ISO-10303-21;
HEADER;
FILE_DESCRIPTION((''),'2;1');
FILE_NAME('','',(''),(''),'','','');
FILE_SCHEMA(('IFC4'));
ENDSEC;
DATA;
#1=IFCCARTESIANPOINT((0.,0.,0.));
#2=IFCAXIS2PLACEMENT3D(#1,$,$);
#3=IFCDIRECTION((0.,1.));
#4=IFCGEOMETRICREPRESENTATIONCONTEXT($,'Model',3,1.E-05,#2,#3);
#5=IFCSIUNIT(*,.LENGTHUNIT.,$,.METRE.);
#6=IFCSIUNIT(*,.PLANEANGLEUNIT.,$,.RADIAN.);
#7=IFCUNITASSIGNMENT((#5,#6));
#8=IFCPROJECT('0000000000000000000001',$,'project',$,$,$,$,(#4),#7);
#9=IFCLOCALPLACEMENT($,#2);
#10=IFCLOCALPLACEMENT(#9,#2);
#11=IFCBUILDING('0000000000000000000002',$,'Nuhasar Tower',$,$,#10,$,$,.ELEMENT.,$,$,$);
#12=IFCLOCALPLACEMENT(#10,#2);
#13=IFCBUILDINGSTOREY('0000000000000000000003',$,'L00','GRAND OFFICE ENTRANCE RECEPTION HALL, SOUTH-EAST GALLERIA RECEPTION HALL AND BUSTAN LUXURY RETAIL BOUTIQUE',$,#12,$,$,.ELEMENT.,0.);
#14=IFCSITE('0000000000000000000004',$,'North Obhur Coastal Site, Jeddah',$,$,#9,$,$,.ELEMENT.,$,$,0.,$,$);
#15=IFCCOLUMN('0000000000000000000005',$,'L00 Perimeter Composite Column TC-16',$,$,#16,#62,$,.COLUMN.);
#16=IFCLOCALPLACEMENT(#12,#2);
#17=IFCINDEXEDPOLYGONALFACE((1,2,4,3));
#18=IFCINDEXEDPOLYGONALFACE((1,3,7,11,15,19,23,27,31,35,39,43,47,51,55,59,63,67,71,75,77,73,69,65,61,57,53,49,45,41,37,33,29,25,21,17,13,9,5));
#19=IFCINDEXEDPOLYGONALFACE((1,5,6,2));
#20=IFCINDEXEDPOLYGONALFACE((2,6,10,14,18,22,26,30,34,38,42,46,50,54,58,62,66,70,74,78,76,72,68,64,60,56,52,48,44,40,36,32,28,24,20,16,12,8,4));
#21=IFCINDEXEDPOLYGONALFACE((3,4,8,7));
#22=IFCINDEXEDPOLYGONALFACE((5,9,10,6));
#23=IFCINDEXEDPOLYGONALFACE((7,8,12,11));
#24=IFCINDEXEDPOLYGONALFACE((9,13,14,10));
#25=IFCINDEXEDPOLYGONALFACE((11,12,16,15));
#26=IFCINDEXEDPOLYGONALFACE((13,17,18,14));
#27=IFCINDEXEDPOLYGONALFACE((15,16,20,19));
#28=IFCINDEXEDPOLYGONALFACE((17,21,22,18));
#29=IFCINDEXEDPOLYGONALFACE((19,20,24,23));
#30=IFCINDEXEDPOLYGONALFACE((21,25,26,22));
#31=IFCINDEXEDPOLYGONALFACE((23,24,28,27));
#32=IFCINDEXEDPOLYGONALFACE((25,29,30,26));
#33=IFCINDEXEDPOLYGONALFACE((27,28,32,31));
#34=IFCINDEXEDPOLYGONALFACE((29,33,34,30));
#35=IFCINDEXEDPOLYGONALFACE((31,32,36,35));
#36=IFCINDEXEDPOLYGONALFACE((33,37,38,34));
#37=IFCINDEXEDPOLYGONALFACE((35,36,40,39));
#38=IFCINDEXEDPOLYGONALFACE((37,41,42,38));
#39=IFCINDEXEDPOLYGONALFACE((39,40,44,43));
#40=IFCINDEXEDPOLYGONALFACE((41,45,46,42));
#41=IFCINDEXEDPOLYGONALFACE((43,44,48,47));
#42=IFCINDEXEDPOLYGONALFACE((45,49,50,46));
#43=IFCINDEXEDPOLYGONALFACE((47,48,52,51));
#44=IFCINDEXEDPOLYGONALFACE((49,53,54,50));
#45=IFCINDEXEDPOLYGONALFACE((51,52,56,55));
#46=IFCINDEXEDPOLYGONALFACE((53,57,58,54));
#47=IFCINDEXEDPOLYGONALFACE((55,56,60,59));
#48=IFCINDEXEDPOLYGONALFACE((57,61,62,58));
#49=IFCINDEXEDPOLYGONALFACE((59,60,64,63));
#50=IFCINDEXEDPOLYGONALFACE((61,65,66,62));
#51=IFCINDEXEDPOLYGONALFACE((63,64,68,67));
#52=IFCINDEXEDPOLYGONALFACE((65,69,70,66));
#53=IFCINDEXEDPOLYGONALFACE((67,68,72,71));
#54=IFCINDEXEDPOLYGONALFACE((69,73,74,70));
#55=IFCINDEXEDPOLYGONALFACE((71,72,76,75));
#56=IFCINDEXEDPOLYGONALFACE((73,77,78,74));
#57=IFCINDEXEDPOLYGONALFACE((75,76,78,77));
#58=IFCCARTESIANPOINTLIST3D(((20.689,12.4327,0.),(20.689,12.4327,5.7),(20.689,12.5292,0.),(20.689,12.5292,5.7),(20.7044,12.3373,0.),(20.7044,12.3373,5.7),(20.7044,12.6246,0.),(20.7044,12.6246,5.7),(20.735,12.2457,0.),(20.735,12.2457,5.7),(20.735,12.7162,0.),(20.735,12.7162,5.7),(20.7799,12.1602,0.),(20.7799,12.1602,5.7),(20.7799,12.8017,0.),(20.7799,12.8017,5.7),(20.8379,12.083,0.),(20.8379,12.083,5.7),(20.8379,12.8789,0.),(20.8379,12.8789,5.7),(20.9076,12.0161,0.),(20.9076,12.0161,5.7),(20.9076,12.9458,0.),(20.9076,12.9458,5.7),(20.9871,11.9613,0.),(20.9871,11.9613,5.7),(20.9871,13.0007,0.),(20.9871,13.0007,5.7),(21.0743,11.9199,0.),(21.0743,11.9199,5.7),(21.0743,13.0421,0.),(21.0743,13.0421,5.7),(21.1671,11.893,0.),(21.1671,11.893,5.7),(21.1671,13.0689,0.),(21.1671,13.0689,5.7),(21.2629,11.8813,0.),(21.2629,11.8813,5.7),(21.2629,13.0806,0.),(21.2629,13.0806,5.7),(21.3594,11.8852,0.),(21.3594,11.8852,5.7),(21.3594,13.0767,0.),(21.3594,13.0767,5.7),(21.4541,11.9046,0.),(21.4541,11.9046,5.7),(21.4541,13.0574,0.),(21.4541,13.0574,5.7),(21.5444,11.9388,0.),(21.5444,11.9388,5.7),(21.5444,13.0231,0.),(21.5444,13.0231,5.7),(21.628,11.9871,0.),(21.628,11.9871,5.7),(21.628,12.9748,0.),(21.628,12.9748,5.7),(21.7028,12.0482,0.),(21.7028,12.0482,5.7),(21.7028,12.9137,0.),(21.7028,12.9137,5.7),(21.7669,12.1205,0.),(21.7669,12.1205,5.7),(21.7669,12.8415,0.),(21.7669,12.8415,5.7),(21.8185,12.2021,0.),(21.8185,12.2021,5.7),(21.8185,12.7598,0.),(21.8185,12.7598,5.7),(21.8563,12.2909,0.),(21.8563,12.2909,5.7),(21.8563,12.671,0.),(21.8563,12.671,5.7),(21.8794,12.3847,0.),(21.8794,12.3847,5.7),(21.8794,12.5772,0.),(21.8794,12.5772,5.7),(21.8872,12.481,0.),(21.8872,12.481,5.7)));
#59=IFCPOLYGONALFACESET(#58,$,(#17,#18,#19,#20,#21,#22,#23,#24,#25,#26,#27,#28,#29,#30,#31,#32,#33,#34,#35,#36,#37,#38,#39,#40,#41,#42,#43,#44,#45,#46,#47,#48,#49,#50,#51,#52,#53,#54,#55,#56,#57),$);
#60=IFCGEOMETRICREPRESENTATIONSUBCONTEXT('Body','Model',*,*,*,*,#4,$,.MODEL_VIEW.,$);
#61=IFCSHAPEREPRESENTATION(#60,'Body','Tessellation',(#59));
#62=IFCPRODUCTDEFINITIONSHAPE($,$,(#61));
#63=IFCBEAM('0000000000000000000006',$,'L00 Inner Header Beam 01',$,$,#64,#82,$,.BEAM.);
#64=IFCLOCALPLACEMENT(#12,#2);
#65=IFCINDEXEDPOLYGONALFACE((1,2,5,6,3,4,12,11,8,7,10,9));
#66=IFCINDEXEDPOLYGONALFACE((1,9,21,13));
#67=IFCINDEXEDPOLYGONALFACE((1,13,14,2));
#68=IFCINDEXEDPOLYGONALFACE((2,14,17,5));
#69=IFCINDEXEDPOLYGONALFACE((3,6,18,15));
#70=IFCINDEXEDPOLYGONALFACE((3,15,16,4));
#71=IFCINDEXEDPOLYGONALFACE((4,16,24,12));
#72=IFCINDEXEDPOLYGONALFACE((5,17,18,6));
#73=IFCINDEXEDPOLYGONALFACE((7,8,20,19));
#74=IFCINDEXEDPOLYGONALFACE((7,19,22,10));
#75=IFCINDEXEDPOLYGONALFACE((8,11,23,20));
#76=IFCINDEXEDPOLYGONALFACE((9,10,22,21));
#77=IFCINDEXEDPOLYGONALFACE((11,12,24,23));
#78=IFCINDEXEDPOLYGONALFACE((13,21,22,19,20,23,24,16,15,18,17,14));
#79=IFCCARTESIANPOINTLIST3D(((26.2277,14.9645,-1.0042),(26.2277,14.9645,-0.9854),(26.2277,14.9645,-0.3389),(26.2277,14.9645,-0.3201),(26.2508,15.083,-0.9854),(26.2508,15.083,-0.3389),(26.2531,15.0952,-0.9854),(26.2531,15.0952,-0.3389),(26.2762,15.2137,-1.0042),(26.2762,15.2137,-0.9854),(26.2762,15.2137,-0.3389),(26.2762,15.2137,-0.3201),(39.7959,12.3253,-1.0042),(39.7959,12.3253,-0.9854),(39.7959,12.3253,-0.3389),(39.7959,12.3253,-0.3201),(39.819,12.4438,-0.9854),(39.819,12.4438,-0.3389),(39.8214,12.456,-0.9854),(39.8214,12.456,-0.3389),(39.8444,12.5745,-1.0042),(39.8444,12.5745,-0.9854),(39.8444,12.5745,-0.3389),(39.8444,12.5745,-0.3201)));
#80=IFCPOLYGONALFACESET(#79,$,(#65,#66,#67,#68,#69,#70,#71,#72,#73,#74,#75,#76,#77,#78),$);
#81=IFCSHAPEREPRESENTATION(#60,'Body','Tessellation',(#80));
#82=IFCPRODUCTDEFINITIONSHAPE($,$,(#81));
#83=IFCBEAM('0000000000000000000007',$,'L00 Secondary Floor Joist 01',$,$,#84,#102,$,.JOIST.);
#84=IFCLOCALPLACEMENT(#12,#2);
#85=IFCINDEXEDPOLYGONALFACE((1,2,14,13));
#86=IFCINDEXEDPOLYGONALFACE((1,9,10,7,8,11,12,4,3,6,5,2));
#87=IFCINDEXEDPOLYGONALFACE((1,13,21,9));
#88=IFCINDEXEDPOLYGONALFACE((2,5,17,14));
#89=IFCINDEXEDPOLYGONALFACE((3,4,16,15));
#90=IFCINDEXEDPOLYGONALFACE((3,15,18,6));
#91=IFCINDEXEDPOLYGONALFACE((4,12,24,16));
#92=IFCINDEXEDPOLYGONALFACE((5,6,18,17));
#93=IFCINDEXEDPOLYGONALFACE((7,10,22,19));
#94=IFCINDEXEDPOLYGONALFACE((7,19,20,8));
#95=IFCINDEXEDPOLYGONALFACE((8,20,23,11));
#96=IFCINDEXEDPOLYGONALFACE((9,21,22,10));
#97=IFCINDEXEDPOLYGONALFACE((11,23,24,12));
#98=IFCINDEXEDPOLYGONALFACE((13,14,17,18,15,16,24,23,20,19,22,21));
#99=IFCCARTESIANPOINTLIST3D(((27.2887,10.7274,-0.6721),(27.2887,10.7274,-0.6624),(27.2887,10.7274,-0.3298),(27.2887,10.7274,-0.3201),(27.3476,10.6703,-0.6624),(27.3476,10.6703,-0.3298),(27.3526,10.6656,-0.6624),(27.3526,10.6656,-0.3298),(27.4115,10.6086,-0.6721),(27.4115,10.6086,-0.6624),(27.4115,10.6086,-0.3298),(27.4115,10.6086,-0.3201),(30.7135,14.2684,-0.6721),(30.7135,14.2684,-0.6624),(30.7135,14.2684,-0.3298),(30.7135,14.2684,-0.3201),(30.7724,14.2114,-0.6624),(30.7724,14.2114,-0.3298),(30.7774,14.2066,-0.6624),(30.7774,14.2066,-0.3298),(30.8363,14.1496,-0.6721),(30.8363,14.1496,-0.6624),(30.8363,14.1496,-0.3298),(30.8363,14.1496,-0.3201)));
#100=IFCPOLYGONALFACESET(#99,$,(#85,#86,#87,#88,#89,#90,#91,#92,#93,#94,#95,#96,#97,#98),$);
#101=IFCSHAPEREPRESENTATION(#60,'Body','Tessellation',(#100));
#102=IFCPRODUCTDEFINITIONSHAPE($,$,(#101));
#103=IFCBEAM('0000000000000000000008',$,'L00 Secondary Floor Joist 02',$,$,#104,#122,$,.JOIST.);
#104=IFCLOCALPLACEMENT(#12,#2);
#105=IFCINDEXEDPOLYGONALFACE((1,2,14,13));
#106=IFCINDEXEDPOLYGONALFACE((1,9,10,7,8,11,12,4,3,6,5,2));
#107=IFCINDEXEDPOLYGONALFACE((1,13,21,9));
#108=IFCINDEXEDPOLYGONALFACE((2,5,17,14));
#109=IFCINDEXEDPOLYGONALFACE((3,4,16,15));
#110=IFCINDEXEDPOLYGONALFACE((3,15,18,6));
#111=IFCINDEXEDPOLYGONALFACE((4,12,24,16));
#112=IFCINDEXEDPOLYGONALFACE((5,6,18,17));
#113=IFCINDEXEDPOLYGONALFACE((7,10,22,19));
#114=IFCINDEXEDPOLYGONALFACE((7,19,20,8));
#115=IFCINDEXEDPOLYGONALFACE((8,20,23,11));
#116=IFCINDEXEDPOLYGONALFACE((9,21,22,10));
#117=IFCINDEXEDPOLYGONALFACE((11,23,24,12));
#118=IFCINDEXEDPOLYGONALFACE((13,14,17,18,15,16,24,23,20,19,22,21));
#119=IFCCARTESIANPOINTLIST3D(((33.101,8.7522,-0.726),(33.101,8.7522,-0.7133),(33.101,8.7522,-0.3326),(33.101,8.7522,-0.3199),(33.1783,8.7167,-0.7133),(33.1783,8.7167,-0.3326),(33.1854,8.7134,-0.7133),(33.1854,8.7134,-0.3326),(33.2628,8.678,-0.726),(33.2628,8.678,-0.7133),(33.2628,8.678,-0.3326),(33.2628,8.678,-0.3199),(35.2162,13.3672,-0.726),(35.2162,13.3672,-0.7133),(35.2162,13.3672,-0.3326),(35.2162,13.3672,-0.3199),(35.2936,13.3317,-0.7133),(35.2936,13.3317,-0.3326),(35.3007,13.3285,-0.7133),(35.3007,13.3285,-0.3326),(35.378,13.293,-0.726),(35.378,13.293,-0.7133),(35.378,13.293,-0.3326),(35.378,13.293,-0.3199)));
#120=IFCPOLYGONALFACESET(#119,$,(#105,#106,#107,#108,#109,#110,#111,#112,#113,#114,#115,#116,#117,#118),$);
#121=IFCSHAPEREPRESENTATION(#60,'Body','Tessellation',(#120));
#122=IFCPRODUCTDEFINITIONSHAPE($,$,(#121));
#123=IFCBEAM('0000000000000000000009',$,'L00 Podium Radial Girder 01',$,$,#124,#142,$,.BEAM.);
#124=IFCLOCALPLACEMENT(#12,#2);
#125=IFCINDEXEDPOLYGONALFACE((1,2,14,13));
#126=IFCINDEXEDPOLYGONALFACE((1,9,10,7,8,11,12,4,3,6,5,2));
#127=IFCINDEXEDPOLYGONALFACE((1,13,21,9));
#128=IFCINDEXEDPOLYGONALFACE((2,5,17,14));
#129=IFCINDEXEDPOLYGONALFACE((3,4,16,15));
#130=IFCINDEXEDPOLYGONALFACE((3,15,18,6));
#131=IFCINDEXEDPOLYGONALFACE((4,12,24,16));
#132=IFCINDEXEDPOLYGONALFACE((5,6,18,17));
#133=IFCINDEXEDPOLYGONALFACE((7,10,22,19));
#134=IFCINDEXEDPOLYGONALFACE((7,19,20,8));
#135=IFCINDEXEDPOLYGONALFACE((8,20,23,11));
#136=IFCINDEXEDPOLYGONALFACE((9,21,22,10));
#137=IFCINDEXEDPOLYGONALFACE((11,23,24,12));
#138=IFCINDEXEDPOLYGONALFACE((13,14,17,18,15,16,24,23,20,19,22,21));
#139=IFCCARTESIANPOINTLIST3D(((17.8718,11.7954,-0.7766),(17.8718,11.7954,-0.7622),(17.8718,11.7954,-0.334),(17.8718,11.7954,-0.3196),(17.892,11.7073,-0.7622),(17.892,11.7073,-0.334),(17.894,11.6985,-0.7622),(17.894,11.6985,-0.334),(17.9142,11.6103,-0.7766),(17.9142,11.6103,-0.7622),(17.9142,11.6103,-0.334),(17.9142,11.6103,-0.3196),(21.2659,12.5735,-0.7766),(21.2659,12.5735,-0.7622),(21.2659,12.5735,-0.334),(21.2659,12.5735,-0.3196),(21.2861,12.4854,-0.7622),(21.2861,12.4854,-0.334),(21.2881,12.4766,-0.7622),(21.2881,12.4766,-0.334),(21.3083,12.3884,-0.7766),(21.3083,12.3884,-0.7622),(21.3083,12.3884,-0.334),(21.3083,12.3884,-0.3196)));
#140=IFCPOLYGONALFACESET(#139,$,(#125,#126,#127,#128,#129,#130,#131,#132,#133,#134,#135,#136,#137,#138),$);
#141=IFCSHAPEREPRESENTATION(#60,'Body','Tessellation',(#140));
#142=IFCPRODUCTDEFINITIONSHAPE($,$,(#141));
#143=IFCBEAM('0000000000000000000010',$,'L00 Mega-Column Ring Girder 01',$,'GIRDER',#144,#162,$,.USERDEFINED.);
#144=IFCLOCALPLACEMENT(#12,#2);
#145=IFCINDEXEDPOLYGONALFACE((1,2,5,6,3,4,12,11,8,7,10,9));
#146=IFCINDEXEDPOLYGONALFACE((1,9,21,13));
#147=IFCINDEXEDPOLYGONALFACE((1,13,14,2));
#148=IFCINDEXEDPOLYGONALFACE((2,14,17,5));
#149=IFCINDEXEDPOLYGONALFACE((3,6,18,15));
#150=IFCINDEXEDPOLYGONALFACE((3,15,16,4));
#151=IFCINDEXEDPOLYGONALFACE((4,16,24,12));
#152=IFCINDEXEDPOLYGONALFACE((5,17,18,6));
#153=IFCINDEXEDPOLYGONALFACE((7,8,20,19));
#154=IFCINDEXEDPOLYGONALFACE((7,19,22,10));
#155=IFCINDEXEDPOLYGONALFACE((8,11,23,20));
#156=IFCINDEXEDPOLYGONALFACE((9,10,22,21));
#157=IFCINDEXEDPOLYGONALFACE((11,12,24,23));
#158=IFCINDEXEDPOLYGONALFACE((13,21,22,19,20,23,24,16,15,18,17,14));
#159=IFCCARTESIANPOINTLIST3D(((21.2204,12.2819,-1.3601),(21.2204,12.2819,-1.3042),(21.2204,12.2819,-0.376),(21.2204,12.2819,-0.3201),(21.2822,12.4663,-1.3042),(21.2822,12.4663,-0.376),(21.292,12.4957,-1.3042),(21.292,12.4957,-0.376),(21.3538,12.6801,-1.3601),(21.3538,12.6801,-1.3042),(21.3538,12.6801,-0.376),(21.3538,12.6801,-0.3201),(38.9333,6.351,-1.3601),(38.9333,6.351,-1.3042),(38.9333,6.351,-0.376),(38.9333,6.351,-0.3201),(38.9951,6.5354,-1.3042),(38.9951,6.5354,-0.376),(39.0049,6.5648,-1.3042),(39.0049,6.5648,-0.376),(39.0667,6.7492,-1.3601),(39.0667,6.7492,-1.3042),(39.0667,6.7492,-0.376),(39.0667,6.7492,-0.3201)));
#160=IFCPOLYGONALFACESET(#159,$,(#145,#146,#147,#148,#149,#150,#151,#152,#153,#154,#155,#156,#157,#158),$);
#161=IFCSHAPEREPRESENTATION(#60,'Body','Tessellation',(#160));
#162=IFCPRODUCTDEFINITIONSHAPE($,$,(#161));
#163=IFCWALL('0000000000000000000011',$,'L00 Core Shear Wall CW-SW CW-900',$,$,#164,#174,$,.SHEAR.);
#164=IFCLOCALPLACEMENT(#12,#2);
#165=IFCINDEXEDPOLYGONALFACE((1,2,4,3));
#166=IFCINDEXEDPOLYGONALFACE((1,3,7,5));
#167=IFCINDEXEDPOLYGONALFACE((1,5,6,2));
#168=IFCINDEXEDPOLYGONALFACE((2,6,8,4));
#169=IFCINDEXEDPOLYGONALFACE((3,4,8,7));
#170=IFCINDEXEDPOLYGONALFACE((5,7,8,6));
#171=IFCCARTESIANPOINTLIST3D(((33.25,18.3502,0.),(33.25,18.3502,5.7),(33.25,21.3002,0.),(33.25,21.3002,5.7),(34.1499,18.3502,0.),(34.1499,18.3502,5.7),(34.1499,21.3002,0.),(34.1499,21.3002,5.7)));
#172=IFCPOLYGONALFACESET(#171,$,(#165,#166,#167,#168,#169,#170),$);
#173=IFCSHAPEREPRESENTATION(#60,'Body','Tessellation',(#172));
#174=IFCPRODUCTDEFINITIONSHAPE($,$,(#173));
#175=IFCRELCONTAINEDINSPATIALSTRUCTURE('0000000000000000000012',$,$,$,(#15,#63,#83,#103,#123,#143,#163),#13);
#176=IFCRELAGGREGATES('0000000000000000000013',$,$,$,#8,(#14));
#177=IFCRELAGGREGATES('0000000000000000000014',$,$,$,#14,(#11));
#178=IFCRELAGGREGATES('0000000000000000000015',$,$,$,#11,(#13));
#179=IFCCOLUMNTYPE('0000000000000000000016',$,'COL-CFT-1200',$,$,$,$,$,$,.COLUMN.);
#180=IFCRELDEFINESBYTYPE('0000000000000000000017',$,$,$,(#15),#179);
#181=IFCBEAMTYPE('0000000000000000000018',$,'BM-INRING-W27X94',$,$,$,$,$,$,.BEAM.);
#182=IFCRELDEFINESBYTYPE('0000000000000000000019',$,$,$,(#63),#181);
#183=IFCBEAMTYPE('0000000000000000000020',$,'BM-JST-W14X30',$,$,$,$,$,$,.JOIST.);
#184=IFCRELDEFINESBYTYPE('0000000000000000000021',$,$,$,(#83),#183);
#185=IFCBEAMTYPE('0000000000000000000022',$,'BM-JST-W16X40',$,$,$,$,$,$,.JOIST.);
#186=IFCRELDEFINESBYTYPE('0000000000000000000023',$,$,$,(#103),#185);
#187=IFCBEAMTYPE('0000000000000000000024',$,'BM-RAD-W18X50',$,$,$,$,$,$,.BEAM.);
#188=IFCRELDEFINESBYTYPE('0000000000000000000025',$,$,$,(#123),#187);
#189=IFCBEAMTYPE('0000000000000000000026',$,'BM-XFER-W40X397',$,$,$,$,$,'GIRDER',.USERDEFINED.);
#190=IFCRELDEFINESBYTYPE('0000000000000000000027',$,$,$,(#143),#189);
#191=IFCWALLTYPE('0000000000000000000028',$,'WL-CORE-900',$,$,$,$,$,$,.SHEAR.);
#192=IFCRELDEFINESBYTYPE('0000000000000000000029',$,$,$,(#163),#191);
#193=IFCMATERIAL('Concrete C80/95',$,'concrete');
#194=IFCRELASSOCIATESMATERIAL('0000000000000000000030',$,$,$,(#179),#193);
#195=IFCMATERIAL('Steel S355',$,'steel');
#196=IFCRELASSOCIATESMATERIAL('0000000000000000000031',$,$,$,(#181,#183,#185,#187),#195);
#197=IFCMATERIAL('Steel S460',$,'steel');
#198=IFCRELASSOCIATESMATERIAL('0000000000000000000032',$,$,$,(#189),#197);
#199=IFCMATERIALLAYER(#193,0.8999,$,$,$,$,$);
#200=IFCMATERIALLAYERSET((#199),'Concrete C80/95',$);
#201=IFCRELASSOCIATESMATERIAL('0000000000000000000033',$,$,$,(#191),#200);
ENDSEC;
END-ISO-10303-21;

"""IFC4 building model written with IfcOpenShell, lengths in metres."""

from ifc_helpers import new_model, si_unit, direction, frame, frame_2d, origin, origin_2d, place, context, subcontext, project, spatial, rectangle, circle, i_section, extrude, material, layer, layer_set, material_profile, profile_set, type_object, element, save


model = new_model("IFC4")

# Units and contexts
model_context = context("Model", 3, precision=1e-05, world=origin(), true_north=direction((0.0, 1.0)))
body_context = subcontext(model_context, "Body", "Model", "MODEL_VIEW")
ifc_project = project(units=[si_unit("LENGTHUNIT", "METRE"), si_unit("PLANEANGLEUNIT", "RADIAN")], contexts=[model_context])

# Site, building, storey
site_placement = place(None, origin())
site = spatial("IfcSite", under=ifc_project, at=site_placement, Name="North Obhur Coastal Site, Jeddah", CompositionType="ELEMENT", RefElevation=0.0)
building_placement = place(site_placement, origin())
building = spatial("IfcBuilding", under=site, at=building_placement, Name="Nuhasar Tower", CompositionType="ELEMENT")
storey_placement = place(building_placement, origin())
storey = spatial("IfcBuildingStorey", under=building, at=storey_placement, Name="L00", Description="GRAND OFFICE ENTRANCE RECEPTION HALL, SOUTH-EAST GALLERIA RECEPTION HALL AND BUSTAN LUXURY RETAIL BOUTIQUE", CompositionType="ELEMENT", Elevation=0.0)

# Column
ifc_material_1 = material(Name="Concrete C80/95", Category="concrete")
ifc_material_profile_1 = material_profile(ifc_material_1, circle(Radius=0.6001, at=origin_2d()), Name="CFT1200")
ifc_profile_set_1 = profile_set([ifc_material_profile_1], Name="Concrete C80/95")
column_type = type_object("IfcColumnType", Name="COL-CFT-1200", PredefinedType="COLUMN", material=ifc_profile_set_1)
column_placement = place(storey_placement, frame((21.2871, 12.481, 0.0), z_axis=(0.0, 0.0, 1.0), x_axis=(1.0, 0.0, 0.0)))
element("IfcColumn", 1, at=column_placement, inside=storey, type_object=column_type, Name="L00 Perimeter Composite Column TC-16", PredefinedType="COLUMN", context=body_context, shape_type="SweptSolid", body=[
    extrude(circle(Radius=0.6001, at=origin_2d()), origin(), (0.0, 0.0, 1.0), 5.7),
])

# Beams
ifc_material_2 = material(Name="Steel S355", Category="steel")
ifc_material_profile_2 = material_profile(ifc_material_2, i_section(OverallWidth=0.2539, OverallDepth=0.6841, WebThickness=0.0125, FlangeThickness=0.0188, at=origin_2d()), Name="W27X94")
ifc_profile_set_2 = profile_set([ifc_material_profile_2], Name="Steel S355")
beam_type_1 = type_object("IfcBeamType", Name="BM-INRING-W27X94", PredefinedType="BEAM", material=ifc_profile_set_2)
beam_1_placement = place(storey_placement, frame((26.252, 15.0891, -0.6621), z_axis=(0.981603, -0.190933, 0.0), x_axis=(0.190933, 0.981603, 0.0)))
element("IfcBeam", 2, at=beam_1_placement, inside=storey, type_object=beam_type_1, Name="L00 Inner Header Beam 01", PredefinedType="BEAM", context=body_context, shape_type="SweptSolid", body=[
    extrude(i_section(OverallWidth=0.2539, OverallDepth=0.6841, WebThickness=0.0125, FlangeThickness=0.0188, at=origin_2d()), origin(), (0.0, 0.0, 1.0), 13.8225),
])
ifc_material_profile_3 = material_profile(ifc_material_2, i_section(OverallWidth=0.1709, OverallDepth=0.3521, WebThickness=0.0068, FlangeThickness=0.0098, at=origin_2d()), Name="W14X30")
ifc_profile_set_3 = profile_set([ifc_material_profile_3], Name="Steel S355")
beam_type_2 = type_object("IfcBeamType", Name="BM-JST-W14X30", PredefinedType="JOIST", material=ifc_profile_set_3)
beam_2_placement = place(storey_placement, frame((30.7749, 14.209, -0.4961), z_axis=(-0.695213, -0.718803, 0.0), x_axis=(0.718803, -0.695213, 0.0)))
element("IfcBeam", 3, at=beam_2_placement, inside=storey, type_object=beam_type_2, Name="L00 Secondary Floor Joist 01", PredefinedType="JOIST", context=body_context, shape_type="SweptSolid", body=[
    extrude(i_section(OverallWidth=0.1709, OverallDepth=0.3521, WebThickness=0.0068, FlangeThickness=0.0098, at=origin_2d()), origin(), (0.0, 0.0, 1.0), 4.9263),
])
ifc_material_profile_4 = material_profile(ifc_material_2, i_section(OverallWidth=0.178, OverallDepth=0.406, WebThickness=0.0078, FlangeThickness=0.0127, at=origin_2d()), Name="W16X40")
ifc_profile_set_4 = profile_set([ifc_material_profile_4], Name="Steel S355")
beam_type_3 = type_object("IfcBeamType", Name="BM-JST-W16X40", PredefinedType="JOIST", material=ifc_profile_set_4)
beam_3_placement = place(storey_placement, frame((35.2971, 13.3301, -0.5229), z_axis=(-0.41666, -0.909063, 0.0), x_axis=(0.909063, -0.41666, 0.0)))
element("IfcBeam", 4, at=beam_3_placement, inside=storey, type_object=beam_type_3, Name="L00 Secondary Floor Joist 02", PredefinedType="JOIST", context=body_context, shape_type="SweptSolid", body=[
    extrude(i_section(OverallWidth=0.178, OverallDepth=0.406, WebThickness=0.0078, FlangeThickness=0.0127, at=origin_2d()), origin(), (0.0, 0.0, 1.0), 5.0767),
])
ifc_material_profile_5 = material_profile(ifc_material_2, i_section(OverallWidth=0.1899, OverallDepth=0.457, WebThickness=0.009, FlangeThickness=0.0144, at=origin_2d()), Name="W18X50")
ifc_profile_set_5 = profile_set([ifc_material_profile_5], Name="Steel S355")
beam_type_4 = type_object("IfcBeamType", Name="BM-RAD-W18X50", PredefinedType="BEAM", material=ifc_profile_set_5)
beam_4_placement = place(storey_placement, frame((21.2871, 12.481, -0.5481), z_axis=(-0.974715, -0.223451, 0.0), x_axis=(0.223451, -0.974715, 0.0)))
element("IfcBeam", 5, at=beam_4_placement, inside=storey, type_object=beam_type_4, Name="L00 Podium Radial Girder 01", PredefinedType="BEAM", context=body_context, shape_type="SweptSolid", body=[
    extrude(i_section(OverallWidth=0.1899, OverallDepth=0.457, WebThickness=0.009, FlangeThickness=0.0144, at=origin_2d()), origin(), (0.0, 0.0, 1.0), 3.4822),
])
ifc_material_3 = material(Name="Steel S460", Category="steel")
ifc_material_profile_6 = material_profile(ifc_material_3, i_section(OverallWidth=0.4199, OverallDepth=1.04, WebThickness=0.031, FlangeThickness=0.0559, at=origin_2d()), Name="W40X397")
ifc_profile_set_6 = profile_set([ifc_material_profile_6], Name="Steel S460")
beam_type_5 = type_object("IfcBeamType", Name="BM-XFER-W40X397", ElementType="GIRDER", PredefinedType="USERDEFINED", material=ifc_profile_set_6)
beam_5_placement = place(storey_placement, frame((21.2871, 12.481, -0.8401), z_axis=(0.948255, -0.31751, 0.0), x_axis=(0.31751, 0.948255, 0.0)))
element("IfcBeam", 6, at=beam_5_placement, inside=storey, type_object=beam_type_5, Name="L00 Mega-Column Ring Girder 01", ObjectType="GIRDER", PredefinedType="USERDEFINED", context=body_context, shape_type="SweptSolid", body=[
    extrude(i_section(OverallWidth=0.4199, OverallDepth=1.04, WebThickness=0.031, FlangeThickness=0.0559, at=origin_2d()), origin(), (0.0, 0.0, 1.0), 18.6794),
])

# Wall
ifc_layer_1 = layer(ifc_material_1, 0.8999)
ifc_layer_set_1 = layer_set([ifc_layer_1], Name="Concrete C80/95")
wall_type_1 = type_object("IfcWallType", Name="WL-CORE-900", PredefinedType="SHEAR", material=ifc_layer_set_1)
wall_1_placement = place(storey_placement, frame((33.7, 18.3501, 0.0), z_axis=(0.0, 0.0, 1.0), x_axis=(0.0, 1.0, 0.0)))
element("IfcWall", 7, at=wall_1_placement, inside=storey, type_object=wall_type_1, Name="L00 Core Shear Wall CW-SW CW-900", PredefinedType="SHEAR", context=body_context, shape_type="SweptSolid", body=[
    extrude(rectangle(XDim=2.95, YDim=0.8999, at=frame_2d((1.4751, 0.0))), origin(), (0.0, 0.0, 1.0), 5.7),
])

save(model, "model.ifc")
